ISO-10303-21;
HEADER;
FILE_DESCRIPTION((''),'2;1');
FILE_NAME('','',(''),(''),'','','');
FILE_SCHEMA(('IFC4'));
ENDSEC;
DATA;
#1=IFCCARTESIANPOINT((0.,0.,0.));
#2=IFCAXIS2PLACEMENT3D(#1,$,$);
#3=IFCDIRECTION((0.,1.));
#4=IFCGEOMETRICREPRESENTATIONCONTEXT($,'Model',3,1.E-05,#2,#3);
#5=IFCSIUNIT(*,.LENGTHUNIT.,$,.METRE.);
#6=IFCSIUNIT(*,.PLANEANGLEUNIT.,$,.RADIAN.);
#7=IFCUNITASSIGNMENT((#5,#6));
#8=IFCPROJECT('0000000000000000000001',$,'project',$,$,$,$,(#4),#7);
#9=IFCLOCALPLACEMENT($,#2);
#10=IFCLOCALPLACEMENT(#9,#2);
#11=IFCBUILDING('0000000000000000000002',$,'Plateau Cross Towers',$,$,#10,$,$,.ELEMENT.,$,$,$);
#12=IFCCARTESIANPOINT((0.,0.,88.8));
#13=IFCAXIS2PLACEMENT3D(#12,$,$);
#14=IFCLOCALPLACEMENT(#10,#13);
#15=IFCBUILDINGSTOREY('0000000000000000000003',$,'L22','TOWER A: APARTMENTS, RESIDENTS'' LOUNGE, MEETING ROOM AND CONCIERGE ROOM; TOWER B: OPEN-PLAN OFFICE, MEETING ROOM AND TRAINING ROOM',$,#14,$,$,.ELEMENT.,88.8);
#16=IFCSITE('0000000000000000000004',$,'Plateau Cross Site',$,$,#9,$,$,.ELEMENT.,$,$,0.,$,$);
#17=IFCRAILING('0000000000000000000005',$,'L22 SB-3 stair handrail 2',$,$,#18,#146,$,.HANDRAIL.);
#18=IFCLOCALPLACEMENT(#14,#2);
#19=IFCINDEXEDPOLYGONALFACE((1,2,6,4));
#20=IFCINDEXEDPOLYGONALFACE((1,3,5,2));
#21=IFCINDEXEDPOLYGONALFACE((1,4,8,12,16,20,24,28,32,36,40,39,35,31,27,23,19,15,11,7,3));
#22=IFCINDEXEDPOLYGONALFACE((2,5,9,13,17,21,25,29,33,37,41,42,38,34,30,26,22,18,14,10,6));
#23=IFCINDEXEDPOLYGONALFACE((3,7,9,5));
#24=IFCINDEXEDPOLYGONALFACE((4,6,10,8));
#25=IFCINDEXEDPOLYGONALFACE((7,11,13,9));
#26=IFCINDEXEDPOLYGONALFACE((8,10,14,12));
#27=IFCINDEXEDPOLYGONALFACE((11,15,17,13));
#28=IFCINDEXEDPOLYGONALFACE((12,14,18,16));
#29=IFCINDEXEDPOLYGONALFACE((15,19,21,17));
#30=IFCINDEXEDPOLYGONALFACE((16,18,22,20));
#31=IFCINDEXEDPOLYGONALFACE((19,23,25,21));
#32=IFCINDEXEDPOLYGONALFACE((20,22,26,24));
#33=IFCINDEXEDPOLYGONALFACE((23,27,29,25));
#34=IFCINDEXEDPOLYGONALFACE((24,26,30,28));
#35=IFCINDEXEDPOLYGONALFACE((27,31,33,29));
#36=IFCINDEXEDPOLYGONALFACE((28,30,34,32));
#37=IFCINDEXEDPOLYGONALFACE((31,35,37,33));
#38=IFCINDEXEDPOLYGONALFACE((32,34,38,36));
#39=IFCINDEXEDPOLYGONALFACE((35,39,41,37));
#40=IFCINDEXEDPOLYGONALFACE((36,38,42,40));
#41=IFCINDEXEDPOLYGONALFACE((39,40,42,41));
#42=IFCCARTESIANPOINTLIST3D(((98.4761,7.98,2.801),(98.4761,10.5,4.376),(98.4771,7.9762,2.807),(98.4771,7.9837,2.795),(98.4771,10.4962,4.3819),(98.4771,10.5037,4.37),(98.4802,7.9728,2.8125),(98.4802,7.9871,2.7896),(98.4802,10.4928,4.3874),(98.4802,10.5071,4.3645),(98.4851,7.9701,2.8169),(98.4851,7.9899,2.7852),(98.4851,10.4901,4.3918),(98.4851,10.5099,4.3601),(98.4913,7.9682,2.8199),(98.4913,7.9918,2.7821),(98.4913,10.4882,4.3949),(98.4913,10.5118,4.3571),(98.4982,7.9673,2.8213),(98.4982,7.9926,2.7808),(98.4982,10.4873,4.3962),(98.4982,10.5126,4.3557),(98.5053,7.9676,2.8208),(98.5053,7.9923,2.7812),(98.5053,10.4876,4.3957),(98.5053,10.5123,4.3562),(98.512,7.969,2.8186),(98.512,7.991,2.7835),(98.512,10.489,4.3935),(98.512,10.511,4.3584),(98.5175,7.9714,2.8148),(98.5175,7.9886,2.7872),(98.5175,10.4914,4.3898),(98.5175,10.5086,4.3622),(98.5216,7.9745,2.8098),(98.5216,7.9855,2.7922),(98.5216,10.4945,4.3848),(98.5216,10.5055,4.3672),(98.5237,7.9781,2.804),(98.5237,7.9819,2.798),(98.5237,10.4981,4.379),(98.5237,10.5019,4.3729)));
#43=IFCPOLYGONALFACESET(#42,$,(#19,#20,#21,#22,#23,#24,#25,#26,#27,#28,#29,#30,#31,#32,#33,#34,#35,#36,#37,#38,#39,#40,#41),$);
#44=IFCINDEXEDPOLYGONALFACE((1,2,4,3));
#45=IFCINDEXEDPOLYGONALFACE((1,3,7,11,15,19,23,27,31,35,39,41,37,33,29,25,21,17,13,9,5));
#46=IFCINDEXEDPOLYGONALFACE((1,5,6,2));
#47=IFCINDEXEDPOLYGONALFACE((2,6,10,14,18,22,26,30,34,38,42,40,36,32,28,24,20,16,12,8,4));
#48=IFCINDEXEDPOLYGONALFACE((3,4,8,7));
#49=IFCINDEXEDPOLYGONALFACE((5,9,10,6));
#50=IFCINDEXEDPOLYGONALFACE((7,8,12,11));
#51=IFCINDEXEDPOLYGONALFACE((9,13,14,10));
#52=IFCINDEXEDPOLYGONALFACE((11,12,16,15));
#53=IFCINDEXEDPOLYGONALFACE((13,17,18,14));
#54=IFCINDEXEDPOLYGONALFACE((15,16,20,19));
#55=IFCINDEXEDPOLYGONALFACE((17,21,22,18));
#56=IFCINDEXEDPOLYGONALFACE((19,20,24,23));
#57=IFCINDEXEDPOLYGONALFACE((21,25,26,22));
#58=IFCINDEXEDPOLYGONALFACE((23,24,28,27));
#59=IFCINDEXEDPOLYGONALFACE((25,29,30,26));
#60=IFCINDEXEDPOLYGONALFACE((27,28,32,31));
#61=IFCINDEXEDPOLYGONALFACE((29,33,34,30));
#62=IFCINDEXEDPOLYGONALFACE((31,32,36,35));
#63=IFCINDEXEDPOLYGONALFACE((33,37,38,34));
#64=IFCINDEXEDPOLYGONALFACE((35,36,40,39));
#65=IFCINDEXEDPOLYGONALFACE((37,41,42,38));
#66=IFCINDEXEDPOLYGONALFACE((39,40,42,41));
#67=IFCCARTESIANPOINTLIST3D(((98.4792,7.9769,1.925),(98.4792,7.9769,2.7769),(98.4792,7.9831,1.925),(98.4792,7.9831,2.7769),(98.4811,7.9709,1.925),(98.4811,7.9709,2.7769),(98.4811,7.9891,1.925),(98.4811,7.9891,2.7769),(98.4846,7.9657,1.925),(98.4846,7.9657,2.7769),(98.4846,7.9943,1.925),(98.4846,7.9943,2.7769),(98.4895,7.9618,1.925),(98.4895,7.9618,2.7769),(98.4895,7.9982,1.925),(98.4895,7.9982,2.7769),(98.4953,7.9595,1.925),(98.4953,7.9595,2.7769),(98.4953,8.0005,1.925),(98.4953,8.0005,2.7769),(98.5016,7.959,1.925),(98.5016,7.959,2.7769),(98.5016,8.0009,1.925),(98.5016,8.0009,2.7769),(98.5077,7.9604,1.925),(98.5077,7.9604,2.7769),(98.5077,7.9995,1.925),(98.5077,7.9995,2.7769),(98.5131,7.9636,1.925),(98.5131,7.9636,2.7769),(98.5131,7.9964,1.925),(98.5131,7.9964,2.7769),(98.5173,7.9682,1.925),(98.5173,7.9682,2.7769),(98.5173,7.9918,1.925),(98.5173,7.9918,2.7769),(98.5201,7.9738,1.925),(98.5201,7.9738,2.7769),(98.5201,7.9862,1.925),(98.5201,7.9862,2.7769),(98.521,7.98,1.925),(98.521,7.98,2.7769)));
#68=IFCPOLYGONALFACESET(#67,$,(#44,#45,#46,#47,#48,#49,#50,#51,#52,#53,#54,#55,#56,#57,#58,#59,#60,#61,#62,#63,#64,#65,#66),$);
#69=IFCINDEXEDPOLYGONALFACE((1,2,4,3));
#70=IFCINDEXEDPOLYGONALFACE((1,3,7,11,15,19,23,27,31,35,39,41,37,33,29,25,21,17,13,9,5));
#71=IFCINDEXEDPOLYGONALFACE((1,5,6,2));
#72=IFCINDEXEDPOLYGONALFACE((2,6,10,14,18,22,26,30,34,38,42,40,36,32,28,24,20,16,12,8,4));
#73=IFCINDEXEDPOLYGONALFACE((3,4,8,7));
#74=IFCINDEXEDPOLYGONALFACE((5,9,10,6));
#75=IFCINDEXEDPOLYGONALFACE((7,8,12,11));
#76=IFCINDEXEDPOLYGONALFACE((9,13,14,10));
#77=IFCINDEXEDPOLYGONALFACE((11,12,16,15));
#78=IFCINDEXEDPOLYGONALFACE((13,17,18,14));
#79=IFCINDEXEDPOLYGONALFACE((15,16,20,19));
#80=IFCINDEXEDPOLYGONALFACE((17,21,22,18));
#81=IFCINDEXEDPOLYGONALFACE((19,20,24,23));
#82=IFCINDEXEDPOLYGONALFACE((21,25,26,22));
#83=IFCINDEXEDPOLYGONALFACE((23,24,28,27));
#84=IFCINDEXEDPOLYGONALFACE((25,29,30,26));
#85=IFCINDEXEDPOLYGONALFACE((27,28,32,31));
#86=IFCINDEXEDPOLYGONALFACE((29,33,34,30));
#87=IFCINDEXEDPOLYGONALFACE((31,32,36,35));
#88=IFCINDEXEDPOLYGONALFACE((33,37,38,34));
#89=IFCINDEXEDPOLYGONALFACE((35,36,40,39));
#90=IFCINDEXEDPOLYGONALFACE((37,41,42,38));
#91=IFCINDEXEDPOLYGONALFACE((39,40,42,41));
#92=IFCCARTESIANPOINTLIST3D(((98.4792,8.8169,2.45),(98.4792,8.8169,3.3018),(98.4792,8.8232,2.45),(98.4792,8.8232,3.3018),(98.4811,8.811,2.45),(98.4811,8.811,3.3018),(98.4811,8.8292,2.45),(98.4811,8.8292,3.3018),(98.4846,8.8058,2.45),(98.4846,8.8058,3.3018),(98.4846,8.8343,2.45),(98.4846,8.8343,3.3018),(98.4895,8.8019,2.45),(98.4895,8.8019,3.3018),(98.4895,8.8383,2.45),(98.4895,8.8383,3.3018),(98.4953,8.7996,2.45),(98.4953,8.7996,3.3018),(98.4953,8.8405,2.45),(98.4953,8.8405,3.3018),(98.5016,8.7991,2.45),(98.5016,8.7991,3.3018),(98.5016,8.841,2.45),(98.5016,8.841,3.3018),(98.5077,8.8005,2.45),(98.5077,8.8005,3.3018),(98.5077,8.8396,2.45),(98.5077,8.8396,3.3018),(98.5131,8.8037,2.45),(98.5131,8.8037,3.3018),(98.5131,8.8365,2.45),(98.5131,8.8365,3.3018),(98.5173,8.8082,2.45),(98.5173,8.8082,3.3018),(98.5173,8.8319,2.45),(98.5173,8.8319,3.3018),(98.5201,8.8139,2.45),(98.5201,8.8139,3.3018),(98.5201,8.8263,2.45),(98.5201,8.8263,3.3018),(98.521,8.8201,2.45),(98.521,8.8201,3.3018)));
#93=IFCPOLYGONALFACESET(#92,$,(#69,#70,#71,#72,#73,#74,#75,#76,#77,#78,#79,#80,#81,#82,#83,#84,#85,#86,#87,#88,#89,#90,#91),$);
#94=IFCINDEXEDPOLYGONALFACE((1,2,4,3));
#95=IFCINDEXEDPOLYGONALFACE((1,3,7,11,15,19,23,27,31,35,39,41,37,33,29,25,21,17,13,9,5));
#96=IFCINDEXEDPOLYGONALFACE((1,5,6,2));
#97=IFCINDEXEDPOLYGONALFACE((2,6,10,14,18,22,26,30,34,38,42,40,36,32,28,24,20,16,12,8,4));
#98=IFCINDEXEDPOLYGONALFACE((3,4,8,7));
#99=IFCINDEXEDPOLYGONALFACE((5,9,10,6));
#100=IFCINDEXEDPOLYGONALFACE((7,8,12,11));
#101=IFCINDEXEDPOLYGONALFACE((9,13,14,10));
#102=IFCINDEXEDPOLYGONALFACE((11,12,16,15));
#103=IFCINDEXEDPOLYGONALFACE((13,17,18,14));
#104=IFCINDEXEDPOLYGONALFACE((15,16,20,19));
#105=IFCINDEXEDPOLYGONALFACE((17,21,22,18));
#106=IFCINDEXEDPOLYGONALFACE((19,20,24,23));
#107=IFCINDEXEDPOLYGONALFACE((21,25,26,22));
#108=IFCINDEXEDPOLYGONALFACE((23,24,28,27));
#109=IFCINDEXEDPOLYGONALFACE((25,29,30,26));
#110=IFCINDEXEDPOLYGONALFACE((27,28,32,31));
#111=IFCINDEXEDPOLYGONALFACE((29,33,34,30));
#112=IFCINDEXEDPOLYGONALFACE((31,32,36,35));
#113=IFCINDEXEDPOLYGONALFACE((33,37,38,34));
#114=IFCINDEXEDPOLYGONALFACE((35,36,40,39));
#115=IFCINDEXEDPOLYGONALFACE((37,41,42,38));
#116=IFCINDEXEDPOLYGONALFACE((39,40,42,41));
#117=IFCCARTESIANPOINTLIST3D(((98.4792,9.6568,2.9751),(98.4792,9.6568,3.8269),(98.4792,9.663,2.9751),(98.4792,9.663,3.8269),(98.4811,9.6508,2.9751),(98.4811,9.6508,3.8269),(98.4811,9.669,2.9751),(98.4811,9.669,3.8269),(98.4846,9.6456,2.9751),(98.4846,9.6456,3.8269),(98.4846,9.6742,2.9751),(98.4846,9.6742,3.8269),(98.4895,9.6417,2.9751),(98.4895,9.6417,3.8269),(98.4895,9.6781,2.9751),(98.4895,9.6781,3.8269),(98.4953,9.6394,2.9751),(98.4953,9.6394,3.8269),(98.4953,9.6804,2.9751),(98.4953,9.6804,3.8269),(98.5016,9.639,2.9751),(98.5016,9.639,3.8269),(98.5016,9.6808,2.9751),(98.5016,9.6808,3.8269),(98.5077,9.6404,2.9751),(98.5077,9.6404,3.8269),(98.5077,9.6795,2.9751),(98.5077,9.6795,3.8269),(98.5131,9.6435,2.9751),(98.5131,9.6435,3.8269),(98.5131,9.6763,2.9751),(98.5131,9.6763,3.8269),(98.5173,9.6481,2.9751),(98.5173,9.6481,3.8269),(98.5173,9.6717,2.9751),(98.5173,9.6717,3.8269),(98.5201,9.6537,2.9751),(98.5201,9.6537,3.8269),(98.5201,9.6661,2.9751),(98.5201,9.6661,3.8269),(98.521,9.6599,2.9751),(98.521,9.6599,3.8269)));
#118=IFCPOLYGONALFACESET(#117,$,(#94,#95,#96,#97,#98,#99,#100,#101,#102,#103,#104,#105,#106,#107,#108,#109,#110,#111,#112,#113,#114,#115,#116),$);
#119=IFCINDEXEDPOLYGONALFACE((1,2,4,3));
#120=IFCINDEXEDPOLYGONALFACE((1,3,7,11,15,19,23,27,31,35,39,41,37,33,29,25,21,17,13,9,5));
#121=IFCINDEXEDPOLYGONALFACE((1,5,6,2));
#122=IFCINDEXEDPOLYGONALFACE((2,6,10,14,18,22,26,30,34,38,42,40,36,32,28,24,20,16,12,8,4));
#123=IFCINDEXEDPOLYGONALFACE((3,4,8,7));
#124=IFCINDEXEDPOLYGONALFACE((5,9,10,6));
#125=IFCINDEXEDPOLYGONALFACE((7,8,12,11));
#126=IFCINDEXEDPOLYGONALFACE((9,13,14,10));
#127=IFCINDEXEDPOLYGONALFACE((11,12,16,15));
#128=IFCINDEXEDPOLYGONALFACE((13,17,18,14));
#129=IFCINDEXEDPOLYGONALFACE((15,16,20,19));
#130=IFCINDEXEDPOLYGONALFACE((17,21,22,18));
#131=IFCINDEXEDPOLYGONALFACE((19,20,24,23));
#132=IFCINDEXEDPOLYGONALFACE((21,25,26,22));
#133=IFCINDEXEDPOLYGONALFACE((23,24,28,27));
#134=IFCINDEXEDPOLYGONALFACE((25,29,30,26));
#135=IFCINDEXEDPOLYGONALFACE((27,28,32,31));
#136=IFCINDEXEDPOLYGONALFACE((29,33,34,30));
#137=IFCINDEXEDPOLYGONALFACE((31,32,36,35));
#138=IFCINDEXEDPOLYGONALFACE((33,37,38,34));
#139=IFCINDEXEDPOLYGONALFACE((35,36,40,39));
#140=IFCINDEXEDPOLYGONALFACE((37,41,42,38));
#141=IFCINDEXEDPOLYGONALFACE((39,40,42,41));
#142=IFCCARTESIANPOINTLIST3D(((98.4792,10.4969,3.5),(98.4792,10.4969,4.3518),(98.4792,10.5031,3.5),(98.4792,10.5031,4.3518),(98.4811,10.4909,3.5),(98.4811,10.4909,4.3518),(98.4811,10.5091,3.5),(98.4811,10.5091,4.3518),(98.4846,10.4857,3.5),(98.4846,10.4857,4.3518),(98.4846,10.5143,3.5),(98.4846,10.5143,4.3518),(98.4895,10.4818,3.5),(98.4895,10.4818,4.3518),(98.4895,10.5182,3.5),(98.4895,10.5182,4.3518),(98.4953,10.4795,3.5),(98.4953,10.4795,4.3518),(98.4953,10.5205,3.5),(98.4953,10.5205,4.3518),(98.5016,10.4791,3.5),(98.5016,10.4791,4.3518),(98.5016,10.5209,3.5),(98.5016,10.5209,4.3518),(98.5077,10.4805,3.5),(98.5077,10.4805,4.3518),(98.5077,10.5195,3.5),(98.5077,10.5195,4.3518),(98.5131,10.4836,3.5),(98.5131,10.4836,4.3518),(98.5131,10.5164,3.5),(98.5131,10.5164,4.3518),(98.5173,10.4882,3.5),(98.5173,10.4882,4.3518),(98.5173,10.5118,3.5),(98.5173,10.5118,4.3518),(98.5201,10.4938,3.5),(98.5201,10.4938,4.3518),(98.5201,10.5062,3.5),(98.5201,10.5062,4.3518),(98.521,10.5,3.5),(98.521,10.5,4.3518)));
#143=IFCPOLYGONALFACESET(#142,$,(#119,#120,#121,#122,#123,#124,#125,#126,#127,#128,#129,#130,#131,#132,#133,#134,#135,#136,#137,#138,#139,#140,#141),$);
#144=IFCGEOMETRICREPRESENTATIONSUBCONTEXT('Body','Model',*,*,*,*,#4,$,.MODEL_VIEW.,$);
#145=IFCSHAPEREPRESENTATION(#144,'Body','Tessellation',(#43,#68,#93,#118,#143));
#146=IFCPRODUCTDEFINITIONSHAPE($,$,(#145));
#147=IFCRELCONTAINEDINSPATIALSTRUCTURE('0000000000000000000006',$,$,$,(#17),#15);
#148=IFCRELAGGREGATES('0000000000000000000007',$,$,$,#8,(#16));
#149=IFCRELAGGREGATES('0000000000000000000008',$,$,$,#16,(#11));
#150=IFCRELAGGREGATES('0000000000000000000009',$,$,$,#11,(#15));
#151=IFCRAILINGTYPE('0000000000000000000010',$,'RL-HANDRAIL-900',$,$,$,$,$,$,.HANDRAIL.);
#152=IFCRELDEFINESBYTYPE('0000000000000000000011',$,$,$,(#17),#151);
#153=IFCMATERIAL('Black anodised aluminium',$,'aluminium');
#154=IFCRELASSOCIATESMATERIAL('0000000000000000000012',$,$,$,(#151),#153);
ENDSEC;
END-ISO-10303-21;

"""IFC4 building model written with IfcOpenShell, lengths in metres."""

from ifc_helpers import new_model, si_unit, direction, frame, origin, origin_2d, place, context, subcontext, project, spatial, circle, extrude, material, type_object, element, save


model = new_model("IFC4")

# Units and contexts
model_context = context("Model", 3, precision=1e-05, world=origin(), true_north=direction((0.0, 1.0)))
body_context = subcontext(model_context, "Body", "Model", "MODEL_VIEW")
ifc_project = project(units=[si_unit("LENGTHUNIT", "METRE"), si_unit("PLANEANGLEUNIT", "RADIAN")], contexts=[model_context])

# Site, building, storey
site_placement = place(None, origin())
site = spatial("IfcSite", under=ifc_project, at=site_placement, Name="Plateau Cross Site", CompositionType="ELEMENT", RefElevation=0.0)
building_placement = place(site_placement, origin())
building = spatial("IfcBuilding", under=site, at=building_placement, Name="Plateau Cross Towers", CompositionType="ELEMENT")
storey_placement = place(building_placement, frame((0.0, 0.0, 88.8)))
storey = spatial("IfcBuildingStorey", under=building, at=storey_placement, Name="L22", Description="TOWER A: APARTMENTS, RESIDENTS' LOUNGE, MEETING ROOM AND CONCIERGE ROOM; TOWER B: OPEN-PLAN OFFICE, MEETING ROOM AND TRAINING ROOM", CompositionType="ELEMENT", Elevation=88.8)

# Shared definitions
ifc_material_1 = material(Name="Black anodised aluminium", Category="aluminium")

# Railing
railing_type_1 = type_object("IfcRailingType", Name="RL-HANDRAIL-900", PredefinedType="HANDRAIL", material=ifc_material_1)
railing_1_placement = place(storey_placement, frame((98.5, 7.98, 1.925)))
element("IfcRailing", 1, at=railing_1_placement, inside=storey, type_object=railing_type_1, Name="L22 SB-3 stair handrail 2", PredefinedType="HANDRAIL", context=body_context, shape_type="SweptSolid", body=[
    extrude(circle(Radius=0.0239, at=origin_2d()), frame((0.0, 0.0, 0.876), z_axis=(0.0, 0.848008, 0.529984), x_axis=(-1.0, 0.0, 0.0)), (0.0, 0.0, 1.0), 2.9717),
    extrude(circle(Radius=0.021, at=origin_2d()), origin(), (0.0, 0.0, 1.0), 0.8518),
    extrude(circle(Radius=0.021, at=origin_2d()), frame((0.0, 0.8401, 0.5249)), (0.0, 0.0, 1.0), 0.8518),
    extrude(circle(Radius=0.021, at=origin_2d()), frame((0.0, 1.6799, 1.05)), (0.0, 0.0, 1.0), 0.8518),
    extrude(circle(Radius=0.021, at=origin_2d()), frame((0.0, 2.52, 1.575)), (0.0, 0.0, 1.0), 0.8518),
])

save(model, "model.ifc")
